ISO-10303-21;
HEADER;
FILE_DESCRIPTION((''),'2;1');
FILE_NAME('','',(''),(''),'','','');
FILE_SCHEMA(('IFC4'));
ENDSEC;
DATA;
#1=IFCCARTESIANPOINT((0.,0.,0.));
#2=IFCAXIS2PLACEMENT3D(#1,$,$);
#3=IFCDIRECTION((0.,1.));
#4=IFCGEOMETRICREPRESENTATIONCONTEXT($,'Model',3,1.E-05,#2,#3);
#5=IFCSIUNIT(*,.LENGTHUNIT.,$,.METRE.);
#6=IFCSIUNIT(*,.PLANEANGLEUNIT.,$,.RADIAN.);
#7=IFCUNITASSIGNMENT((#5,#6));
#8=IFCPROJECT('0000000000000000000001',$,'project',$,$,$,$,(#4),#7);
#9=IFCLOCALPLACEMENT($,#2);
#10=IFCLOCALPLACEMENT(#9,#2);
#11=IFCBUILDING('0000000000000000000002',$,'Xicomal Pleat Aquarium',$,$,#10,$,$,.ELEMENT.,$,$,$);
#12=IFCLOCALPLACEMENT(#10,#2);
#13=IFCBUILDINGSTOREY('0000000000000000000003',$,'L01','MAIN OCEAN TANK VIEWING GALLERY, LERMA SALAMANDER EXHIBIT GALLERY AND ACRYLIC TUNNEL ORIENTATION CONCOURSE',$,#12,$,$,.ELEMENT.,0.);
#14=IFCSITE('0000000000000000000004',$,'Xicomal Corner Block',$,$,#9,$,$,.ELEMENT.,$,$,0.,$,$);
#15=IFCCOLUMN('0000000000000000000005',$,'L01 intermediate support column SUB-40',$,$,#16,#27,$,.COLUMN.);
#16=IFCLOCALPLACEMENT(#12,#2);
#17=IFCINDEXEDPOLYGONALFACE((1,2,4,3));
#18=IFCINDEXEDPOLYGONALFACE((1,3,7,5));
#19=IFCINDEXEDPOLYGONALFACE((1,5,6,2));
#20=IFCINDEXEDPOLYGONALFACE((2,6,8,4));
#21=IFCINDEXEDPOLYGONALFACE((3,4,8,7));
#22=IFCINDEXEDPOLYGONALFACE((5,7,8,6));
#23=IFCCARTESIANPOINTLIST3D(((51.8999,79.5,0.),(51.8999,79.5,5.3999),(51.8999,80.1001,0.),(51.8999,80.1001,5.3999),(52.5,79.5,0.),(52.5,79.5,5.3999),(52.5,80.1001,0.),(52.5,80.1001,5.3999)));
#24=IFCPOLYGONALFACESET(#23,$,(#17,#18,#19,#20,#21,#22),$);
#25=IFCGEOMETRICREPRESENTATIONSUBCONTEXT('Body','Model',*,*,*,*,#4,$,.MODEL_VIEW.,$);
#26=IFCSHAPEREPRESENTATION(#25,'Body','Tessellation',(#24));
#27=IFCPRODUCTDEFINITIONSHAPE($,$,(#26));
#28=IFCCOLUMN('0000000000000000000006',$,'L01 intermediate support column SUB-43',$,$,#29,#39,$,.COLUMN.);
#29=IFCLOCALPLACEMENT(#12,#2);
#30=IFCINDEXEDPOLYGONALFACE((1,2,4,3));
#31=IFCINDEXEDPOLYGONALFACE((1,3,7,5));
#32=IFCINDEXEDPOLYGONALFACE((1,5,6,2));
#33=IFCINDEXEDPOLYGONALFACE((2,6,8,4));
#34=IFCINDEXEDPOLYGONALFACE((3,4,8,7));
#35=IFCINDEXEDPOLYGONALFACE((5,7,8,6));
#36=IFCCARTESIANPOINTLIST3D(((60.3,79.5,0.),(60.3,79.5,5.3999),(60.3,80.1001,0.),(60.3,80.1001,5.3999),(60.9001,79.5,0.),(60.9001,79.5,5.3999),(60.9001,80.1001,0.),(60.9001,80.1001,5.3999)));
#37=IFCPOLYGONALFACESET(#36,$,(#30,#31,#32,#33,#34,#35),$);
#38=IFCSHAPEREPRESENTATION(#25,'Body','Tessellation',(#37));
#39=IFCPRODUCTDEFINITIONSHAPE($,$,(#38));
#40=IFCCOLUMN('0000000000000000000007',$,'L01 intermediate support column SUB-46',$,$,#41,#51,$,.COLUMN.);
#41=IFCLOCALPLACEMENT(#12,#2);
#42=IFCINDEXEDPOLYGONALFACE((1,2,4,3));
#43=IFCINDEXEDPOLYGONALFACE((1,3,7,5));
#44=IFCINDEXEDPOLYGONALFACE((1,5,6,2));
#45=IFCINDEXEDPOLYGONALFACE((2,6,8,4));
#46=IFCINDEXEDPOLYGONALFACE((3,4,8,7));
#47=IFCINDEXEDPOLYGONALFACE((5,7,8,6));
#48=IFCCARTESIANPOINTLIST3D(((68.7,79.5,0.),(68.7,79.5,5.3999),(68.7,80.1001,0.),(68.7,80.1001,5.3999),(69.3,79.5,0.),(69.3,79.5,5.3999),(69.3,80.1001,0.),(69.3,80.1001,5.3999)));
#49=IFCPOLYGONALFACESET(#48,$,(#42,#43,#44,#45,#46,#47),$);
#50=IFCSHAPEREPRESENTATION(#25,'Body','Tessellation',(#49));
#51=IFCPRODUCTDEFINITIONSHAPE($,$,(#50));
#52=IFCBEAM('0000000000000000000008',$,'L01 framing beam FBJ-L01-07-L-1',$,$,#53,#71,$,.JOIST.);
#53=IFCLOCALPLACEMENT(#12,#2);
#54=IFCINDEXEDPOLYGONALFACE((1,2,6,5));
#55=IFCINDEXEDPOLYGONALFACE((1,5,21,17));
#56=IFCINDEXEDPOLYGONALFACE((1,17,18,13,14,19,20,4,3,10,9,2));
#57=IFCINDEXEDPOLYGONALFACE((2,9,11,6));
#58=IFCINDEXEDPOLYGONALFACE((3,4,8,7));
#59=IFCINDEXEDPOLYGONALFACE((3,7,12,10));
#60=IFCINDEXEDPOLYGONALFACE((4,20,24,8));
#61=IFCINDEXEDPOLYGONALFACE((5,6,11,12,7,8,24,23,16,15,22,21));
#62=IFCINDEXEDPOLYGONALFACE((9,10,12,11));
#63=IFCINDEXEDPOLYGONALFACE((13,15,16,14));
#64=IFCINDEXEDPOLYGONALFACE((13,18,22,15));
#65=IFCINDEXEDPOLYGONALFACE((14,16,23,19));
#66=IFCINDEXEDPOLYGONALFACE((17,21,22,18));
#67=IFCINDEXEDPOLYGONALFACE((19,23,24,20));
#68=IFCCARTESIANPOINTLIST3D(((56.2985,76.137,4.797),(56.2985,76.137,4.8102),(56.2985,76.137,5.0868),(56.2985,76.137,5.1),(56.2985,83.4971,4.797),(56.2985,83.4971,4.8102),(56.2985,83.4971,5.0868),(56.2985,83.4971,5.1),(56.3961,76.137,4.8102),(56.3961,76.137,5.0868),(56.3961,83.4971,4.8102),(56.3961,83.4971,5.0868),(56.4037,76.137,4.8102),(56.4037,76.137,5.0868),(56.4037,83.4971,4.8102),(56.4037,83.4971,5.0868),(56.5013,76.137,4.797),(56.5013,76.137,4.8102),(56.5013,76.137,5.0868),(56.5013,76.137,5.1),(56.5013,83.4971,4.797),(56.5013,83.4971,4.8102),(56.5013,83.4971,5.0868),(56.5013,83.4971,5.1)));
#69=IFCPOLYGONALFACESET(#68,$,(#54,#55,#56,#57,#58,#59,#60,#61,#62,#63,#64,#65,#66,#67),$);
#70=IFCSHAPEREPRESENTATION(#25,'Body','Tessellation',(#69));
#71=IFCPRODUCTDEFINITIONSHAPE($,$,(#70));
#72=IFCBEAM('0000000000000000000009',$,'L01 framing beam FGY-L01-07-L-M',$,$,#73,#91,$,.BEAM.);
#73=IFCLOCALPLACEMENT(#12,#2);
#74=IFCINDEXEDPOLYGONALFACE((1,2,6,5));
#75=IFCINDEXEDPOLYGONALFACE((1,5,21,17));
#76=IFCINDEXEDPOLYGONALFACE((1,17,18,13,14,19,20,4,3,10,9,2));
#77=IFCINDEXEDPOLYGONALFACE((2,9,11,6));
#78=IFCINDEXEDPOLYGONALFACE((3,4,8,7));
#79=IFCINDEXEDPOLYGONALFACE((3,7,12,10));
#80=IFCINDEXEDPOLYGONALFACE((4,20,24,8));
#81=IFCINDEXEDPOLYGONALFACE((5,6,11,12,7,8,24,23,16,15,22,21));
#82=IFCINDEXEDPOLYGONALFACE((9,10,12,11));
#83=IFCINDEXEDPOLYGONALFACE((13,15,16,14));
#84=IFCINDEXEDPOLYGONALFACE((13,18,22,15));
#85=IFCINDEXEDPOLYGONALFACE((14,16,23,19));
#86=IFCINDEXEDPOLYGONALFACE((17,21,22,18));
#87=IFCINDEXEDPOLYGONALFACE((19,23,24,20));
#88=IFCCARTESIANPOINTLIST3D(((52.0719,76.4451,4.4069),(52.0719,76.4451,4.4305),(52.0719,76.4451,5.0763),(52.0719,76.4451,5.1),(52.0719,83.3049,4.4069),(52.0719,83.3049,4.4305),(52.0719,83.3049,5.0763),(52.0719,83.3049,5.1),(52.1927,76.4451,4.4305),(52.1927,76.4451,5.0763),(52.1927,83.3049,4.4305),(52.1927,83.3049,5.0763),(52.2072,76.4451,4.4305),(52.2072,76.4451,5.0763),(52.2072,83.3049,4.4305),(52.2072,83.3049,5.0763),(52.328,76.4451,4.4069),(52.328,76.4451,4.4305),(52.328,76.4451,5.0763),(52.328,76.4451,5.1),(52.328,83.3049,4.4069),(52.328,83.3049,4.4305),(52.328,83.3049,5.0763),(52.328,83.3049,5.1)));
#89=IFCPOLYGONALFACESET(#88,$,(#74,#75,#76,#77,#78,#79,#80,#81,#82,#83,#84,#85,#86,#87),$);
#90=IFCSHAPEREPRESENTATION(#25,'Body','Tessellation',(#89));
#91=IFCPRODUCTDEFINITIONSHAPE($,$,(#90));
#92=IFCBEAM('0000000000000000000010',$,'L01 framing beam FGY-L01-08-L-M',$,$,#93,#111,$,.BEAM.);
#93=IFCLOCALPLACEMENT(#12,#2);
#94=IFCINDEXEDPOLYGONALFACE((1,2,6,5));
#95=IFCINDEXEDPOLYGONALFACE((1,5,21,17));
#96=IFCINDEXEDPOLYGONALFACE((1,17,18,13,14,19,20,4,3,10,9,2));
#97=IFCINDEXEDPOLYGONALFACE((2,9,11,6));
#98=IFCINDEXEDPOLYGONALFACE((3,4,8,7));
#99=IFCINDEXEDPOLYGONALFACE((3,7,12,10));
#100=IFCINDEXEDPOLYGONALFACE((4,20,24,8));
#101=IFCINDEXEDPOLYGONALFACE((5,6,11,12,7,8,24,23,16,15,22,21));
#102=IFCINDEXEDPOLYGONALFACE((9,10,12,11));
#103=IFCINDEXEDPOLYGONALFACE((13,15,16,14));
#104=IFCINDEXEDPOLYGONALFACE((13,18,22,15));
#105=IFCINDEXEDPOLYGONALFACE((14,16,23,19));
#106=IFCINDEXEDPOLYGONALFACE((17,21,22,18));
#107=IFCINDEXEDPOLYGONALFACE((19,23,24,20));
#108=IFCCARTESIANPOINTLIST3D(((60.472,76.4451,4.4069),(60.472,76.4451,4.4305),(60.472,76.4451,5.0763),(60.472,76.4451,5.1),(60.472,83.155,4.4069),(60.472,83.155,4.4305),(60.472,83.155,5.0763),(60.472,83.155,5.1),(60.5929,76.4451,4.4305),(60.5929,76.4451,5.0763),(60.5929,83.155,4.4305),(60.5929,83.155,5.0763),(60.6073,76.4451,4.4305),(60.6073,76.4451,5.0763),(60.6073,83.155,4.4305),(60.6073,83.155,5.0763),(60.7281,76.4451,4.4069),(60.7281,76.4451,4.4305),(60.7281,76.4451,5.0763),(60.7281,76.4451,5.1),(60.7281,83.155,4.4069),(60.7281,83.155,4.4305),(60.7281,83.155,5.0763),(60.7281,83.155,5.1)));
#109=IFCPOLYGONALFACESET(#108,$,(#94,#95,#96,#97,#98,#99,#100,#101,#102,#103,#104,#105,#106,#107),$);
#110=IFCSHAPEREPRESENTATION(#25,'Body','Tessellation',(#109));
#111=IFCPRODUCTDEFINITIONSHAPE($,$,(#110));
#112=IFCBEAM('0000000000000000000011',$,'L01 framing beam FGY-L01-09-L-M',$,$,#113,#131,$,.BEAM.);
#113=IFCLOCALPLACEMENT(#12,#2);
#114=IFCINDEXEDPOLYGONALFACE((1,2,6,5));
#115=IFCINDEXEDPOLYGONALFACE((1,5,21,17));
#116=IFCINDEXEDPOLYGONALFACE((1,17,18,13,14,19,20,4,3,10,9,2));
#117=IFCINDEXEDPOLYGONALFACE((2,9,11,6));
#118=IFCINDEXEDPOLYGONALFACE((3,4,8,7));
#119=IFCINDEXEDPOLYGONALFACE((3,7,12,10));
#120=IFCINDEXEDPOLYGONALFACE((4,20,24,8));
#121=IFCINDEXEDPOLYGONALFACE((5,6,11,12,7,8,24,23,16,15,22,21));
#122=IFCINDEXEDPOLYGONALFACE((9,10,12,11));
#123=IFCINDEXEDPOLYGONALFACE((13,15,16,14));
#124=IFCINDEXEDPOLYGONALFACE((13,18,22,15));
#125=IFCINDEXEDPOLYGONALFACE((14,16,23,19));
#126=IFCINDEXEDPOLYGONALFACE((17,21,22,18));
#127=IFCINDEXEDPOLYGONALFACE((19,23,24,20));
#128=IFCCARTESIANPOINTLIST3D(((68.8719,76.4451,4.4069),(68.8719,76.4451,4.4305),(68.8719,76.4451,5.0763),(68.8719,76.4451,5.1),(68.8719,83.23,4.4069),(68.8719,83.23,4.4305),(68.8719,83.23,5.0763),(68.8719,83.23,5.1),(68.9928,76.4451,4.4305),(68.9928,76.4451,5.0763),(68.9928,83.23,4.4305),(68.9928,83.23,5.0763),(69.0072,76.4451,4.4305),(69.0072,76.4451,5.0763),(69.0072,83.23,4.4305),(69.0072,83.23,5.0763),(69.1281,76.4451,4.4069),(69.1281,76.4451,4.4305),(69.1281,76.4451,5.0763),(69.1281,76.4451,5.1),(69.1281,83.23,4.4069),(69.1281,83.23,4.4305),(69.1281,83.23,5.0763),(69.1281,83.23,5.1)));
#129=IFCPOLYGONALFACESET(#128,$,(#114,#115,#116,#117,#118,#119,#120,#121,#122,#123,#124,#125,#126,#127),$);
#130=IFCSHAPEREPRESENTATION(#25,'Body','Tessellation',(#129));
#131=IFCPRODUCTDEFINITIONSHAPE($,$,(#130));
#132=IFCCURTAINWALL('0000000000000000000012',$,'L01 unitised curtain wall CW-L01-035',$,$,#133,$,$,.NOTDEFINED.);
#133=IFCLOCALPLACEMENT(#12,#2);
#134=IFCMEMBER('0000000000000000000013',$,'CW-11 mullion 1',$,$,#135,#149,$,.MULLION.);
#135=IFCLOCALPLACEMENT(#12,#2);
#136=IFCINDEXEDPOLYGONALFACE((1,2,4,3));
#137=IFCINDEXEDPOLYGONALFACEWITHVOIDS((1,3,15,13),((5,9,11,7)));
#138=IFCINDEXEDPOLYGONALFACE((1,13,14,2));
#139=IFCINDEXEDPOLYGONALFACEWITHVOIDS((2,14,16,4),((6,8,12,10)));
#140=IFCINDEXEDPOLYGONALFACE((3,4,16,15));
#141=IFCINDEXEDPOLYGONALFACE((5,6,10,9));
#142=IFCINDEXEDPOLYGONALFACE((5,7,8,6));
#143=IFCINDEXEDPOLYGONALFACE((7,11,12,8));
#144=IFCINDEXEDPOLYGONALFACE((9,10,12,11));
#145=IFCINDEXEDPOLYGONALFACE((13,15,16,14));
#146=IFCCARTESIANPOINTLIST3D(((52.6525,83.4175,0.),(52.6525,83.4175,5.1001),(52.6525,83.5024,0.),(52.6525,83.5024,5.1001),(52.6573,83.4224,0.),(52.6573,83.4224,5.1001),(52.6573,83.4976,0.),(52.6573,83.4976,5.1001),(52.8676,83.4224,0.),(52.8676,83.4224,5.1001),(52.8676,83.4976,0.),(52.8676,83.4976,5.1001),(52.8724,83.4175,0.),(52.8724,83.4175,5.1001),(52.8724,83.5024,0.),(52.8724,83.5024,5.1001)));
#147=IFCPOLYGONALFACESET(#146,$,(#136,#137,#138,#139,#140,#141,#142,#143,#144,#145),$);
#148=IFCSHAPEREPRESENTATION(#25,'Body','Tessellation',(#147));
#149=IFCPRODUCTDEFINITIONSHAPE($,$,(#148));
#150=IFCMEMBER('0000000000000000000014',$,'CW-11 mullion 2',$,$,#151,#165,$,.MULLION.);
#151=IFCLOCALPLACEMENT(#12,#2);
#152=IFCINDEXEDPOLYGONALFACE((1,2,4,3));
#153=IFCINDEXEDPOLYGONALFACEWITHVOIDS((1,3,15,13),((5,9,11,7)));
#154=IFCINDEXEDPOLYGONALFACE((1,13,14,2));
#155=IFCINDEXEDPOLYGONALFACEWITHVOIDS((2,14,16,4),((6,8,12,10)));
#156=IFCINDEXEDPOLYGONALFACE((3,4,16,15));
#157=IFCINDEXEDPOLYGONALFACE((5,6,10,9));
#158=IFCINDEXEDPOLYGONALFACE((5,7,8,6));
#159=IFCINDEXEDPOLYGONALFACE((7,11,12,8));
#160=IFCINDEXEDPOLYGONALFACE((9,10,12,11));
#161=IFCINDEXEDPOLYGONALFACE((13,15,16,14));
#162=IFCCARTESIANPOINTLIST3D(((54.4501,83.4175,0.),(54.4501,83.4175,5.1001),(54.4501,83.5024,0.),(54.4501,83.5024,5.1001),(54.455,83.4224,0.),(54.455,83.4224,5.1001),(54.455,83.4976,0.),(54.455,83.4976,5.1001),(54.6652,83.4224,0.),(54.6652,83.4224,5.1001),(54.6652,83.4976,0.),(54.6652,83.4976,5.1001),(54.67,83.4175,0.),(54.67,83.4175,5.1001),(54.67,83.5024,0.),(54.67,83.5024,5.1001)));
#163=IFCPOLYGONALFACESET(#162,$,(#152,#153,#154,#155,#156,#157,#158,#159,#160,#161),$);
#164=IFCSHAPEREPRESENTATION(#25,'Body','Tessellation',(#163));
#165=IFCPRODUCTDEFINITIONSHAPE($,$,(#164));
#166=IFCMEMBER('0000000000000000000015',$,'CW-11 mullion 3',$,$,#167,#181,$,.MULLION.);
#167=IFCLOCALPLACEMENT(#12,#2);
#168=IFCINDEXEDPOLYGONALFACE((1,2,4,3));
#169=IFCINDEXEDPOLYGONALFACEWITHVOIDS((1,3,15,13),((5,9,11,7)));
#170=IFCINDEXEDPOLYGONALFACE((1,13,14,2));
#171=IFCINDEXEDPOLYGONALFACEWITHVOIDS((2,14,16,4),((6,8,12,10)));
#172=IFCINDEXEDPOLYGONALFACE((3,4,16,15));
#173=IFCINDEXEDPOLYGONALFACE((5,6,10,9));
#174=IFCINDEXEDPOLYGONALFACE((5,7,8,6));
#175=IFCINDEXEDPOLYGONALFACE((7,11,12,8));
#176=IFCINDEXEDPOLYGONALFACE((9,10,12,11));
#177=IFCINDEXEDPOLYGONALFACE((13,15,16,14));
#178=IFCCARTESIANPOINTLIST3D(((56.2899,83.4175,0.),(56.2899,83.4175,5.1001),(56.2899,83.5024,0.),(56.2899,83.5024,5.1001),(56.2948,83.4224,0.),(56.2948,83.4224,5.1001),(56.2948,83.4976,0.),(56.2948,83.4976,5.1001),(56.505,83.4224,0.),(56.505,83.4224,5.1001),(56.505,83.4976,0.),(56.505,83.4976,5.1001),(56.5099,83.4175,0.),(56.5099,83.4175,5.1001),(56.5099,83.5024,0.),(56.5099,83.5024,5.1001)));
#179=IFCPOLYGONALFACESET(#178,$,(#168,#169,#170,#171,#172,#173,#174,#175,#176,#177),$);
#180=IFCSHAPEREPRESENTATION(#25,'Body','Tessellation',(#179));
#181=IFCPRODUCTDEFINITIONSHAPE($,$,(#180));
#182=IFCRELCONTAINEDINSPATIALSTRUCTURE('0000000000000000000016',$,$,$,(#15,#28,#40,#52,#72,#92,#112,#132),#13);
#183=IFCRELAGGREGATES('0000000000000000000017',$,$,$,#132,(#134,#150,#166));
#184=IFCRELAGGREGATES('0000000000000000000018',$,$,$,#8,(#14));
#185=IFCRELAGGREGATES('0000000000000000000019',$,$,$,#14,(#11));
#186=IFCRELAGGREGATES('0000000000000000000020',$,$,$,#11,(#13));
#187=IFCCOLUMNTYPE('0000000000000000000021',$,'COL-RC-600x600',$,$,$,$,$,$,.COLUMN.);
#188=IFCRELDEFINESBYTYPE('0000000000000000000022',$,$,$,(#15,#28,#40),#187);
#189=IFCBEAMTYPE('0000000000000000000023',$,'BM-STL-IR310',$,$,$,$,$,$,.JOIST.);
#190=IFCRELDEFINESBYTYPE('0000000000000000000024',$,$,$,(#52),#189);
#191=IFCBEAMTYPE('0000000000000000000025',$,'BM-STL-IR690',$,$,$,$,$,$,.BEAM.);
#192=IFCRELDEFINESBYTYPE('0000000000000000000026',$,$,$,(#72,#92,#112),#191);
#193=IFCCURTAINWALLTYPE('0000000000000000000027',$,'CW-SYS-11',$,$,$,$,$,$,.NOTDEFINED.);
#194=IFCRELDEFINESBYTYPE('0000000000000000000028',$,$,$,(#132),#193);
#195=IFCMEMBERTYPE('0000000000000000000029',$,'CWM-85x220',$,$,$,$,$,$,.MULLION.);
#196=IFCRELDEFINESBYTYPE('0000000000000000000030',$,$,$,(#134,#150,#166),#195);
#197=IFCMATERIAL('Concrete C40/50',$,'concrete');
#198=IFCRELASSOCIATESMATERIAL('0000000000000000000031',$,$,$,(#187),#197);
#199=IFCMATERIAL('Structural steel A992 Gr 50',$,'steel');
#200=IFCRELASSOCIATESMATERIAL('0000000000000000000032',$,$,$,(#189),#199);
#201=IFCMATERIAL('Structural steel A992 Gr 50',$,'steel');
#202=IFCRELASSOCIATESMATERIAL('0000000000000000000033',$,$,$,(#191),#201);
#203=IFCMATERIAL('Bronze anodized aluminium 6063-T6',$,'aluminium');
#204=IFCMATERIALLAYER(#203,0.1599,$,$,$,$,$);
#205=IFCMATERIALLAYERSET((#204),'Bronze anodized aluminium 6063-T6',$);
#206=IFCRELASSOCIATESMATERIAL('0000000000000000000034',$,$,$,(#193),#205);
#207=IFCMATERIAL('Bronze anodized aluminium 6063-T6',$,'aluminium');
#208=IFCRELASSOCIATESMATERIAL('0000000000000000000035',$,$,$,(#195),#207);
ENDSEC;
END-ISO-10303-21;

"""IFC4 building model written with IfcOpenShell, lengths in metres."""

from ifc_helpers import new_model, si_unit, direction, frame, origin, origin_2d, place, context, subcontext, project, spatial, rectangle, hollow_rectangle, i_section, extrude, material, layer, layer_set, material_profile, profile_set, type_object, element, aggregate, save


model = new_model("IFC4")

# Units and contexts
model_context = context("Model", 3, precision=1e-05, world=origin(), true_north=direction((0.0, 1.0)))
body_context = subcontext(model_context, "Body", "Model", "MODEL_VIEW")
ifc_project = project(units=[si_unit("LENGTHUNIT", "METRE"), si_unit("PLANEANGLEUNIT", "RADIAN")], contexts=[model_context])

# Site, building, storey
site_placement = place(None, origin())
site = spatial("IfcSite", under=ifc_project, at=site_placement, Name="Xicomal Corner Block", CompositionType="ELEMENT", RefElevation=0.0)
building_placement = place(site_placement, origin())
building = spatial("IfcBuilding", under=site, at=building_placement, Name="Xicomal Pleat Aquarium", CompositionType="ELEMENT")
storey_placement = place(building_placement, origin())
storey = spatial("IfcBuildingStorey", under=building, at=storey_placement, Name="L01", Description="MAIN OCEAN TANK VIEWING GALLERY, LERMA SALAMANDER EXHIBIT GALLERY AND ACRYLIC TUNNEL ORIENTATION CONCOURSE", CompositionType="ELEMENT", Elevation=0.0)

# Columns
ifc_material_1 = material(Name="Concrete C40/50", Category="concrete")
ifc_material_profile_1 = material_profile(ifc_material_1, rectangle(XDim=0.6001, YDim=0.6001, at=origin_2d()), Name="RC 600x600")
ifc_profile_set_1 = profile_set([ifc_material_profile_1], Name="Concrete C40/50")
column_type = type_object("IfcColumnType", Name="COL-RC-600x600", PredefinedType="COLUMN", material=ifc_profile_set_1)
for number, where, z_axis, x_axis, name in (
    (1, (52.2, 79.8, 0.0), (0.0, 0.0, 1.0), (1.0, 0.0, 0.0), "L01 intermediate support column SUB-40"),
    (2, (60.6001, 79.8, 0.0), (0.0, 0.0, 1.0), (1.0, 0.0, 0.0), "L01 intermediate support column SUB-43"),
    (3, (69.0, 79.8, 0.0), (0.0, 0.0, 1.0), (1.0, 0.0, 0.0), "L01 intermediate support column SUB-46"),
):
    element("IfcColumn", number, at=place(storey_placement, frame(where, z_axis=z_axis, x_axis=x_axis)), inside=storey, type_object=column_type, Name=name, PredefinedType="COLUMN", context=body_context, shape_type="SweptSolid", body=[
        extrude(rectangle(XDim=0.6001, YDim=0.6001, at=origin_2d()), origin(), (0.0, 0.0, 1.0), 5.3999),
    ])

# Beams
ifc_material_2 = material(Name="Structural steel A992 Gr 50", Category="steel")
ifc_material_profile_2 = material_profile(ifc_material_2, i_section(OverallWidth=0.2029, OverallDepth=0.303, WebThickness=0.0076, FlangeThickness=0.0132, at=origin_2d()), Name="IR 310x60")
ifc_profile_set_2 = profile_set([ifc_material_profile_2], Name="Structural steel A992 Gr 50")
beam_type_1 = type_object("IfcBeamType", Name="BM-STL-IR310", PredefinedType="JOIST", material=ifc_profile_set_2)
beam_1_placement = place(storey_placement, frame((56.3999, 76.137, 4.9485), z_axis=(0.0, 1.0, 0.0), x_axis=(-1.0, 0.0, 0.0)))
element("IfcBeam", 4, at=beam_1_placement, inside=storey, type_object=beam_type_1, Name="L01 framing beam FBJ-L01-07-L-1", PredefinedType="JOIST", context=body_context, shape_type="SweptSolid", body=[
    extrude(i_section(OverallWidth=0.2029, OverallDepth=0.303, WebThickness=0.0076, FlangeThickness=0.0132, at=origin_2d()), origin(), (0.0, 0.0, 1.0), 7.3601),
])
ifc_material_3 = material(Name="Structural steel A992 Gr 50", Category="steel")
ifc_material_profile_3 = material_profile(ifc_material_3, i_section(OverallWidth=0.2561, OverallDepth=0.6931, WebThickness=0.0144, FlangeThickness=0.0237, at=origin_2d()), Name="IR 690x170")
ifc_profile_set_3 = profile_set([ifc_material_profile_3], Name="Structural steel A992 Gr 50")
beam_type_2 = type_object("IfcBeamType", Name="BM-STL-IR690", PredefinedType="BEAM", material=ifc_profile_set_3)
beam_2_placement = place(storey_placement, frame((52.2, 76.4451, 4.7534), z_axis=(0.0, 1.0, 0.0), x_axis=(-1.0, 0.0, 0.0)))
element("IfcBeam", 5, at=beam_2_placement, inside=storey, type_object=beam_type_2, Name="L01 framing beam FGY-L01-07-L-M", PredefinedType="BEAM", context=body_context, shape_type="SweptSolid", body=[
    extrude(i_section(OverallWidth=0.2561, OverallDepth=0.6931, WebThickness=0.0144, FlangeThickness=0.0237, at=origin_2d()), origin(), (0.0, 0.0, 1.0), 6.8599),
])
beam_3_placement = place(storey_placement, frame((60.6001, 76.4451, 4.7534), z_axis=(0.0, 1.0, 0.0), x_axis=(-1.0, 0.0, 0.0)))
element("IfcBeam", 6, at=beam_3_placement, inside=storey, type_object=beam_type_2, Name="L01 framing beam FGY-L01-08-L-M", PredefinedType="BEAM", context=body_context, shape_type="SweptSolid", body=[
    extrude(i_section(OverallWidth=0.2561, OverallDepth=0.6931, WebThickness=0.0144, FlangeThickness=0.0237, at=origin_2d()), origin(), (0.0, 0.0, 1.0), 6.71),
])
beam_4_placement = place(storey_placement, frame((69.0, 76.4451, 4.7534), z_axis=(0.0, 1.0, 0.0), x_axis=(-1.0, 0.0, 0.0)))
element("IfcBeam", 7, at=beam_4_placement, inside=storey, type_object=beam_type_2, Name="L01 framing beam FGY-L01-09-L-M", PredefinedType="BEAM", context=body_context, shape_type="SweptSolid", body=[
    extrude(i_section(OverallWidth=0.2561, OverallDepth=0.6931, WebThickness=0.0144, FlangeThickness=0.0237, at=origin_2d()), origin(), (0.0, 0.0, 1.0), 6.7849),
])

# Curtain wall, members
ifc_material_4 = material(Name="Bronze anodized aluminium 6063-T6", Category="aluminium")
ifc_layer_1 = layer(ifc_material_4, 0.1599)
ifc_layer_set_1 = layer_set([ifc_layer_1], Name="Bronze anodized aluminium 6063-T6")
curtain_wall_type = type_object("IfcCurtainWallType", Name="CW-SYS-11", PredefinedType="NOTDEFINED", material=ifc_layer_set_1)
curtain_wall_placement = place(storey_placement, origin())
curtain_wall = element("IfcCurtainWall", 8, at=curtain_wall_placement, inside=storey, type_object=curtain_wall_type, Name="L01 unitised curtain wall CW-L01-035", PredefinedType="NOTDEFINED")
ifc_material_5 = material(Name="Bronze anodized aluminium 6063-T6", Category="aluminium")
ifc_material_profile_4 = material_profile(ifc_material_5, hollow_rectangle(XDim=0.085, YDim=0.22, WallThickness=0.0049, at=origin_2d()), Name="ALU MULL 85x220")
ifc_profile_set_4 = profile_set([ifc_material_profile_4], Name="Bronze anodized aluminium 6063-T6")
member_type_1 = type_object("IfcMemberType", Name="CWM-85x220", PredefinedType="MULLION", material=ifc_profile_set_4)
member_1_placement = place(storey_placement, frame((52.7625, 83.46, 0.0), z_axis=(0.0, 0.0, 1.0), x_axis=(0.0, 1.0, 0.0)))
member_1 = element("IfcMember", 9, at=member_1_placement, type_object=member_type_1, Name="CW-11 mullion 1", PredefinedType="MULLION", context=body_context, shape_type="SweptSolid", body=[
    extrude(hollow_rectangle(XDim=0.085, YDim=0.22, WallThickness=0.0049, at=origin_2d()), origin(), (0.0, 0.0, 1.0), 5.1001),
])
member_2_placement = place(storey_placement, frame((54.5601, 83.46, 0.0), z_axis=(0.0, 0.0, 1.0), x_axis=(0.0, 1.0, 0.0)))
member_2 = element("IfcMember", 10, at=member_2_placement, type_object=member_type_1, Name="CW-11 mullion 2", PredefinedType="MULLION", context=body_context, shape_type="SweptSolid", body=[
    extrude(hollow_rectangle(XDim=0.085, YDim=0.22, WallThickness=0.0049, at=origin_2d()), origin(), (0.0, 0.0, 1.0), 5.1001),
])
member_3_placement = place(storey_placement, frame((56.3999, 83.46, 0.0), z_axis=(0.0, 0.0, 1.0), x_axis=(0.0, 1.0, 0.0)))
member_3 = element("IfcMember", 11, at=member_3_placement, type_object=member_type_1, Name="CW-11 mullion 3", PredefinedType="MULLION", context=body_context, shape_type="SweptSolid", body=[
    extrude(hollow_rectangle(XDim=0.085, YDim=0.22, WallThickness=0.0049, at=origin_2d()), origin(), (0.0, 0.0, 1.0), 5.1001),
])
aggregate(curtain_wall, [member_1, member_2, member_3])

save(model, "model.ifc")
